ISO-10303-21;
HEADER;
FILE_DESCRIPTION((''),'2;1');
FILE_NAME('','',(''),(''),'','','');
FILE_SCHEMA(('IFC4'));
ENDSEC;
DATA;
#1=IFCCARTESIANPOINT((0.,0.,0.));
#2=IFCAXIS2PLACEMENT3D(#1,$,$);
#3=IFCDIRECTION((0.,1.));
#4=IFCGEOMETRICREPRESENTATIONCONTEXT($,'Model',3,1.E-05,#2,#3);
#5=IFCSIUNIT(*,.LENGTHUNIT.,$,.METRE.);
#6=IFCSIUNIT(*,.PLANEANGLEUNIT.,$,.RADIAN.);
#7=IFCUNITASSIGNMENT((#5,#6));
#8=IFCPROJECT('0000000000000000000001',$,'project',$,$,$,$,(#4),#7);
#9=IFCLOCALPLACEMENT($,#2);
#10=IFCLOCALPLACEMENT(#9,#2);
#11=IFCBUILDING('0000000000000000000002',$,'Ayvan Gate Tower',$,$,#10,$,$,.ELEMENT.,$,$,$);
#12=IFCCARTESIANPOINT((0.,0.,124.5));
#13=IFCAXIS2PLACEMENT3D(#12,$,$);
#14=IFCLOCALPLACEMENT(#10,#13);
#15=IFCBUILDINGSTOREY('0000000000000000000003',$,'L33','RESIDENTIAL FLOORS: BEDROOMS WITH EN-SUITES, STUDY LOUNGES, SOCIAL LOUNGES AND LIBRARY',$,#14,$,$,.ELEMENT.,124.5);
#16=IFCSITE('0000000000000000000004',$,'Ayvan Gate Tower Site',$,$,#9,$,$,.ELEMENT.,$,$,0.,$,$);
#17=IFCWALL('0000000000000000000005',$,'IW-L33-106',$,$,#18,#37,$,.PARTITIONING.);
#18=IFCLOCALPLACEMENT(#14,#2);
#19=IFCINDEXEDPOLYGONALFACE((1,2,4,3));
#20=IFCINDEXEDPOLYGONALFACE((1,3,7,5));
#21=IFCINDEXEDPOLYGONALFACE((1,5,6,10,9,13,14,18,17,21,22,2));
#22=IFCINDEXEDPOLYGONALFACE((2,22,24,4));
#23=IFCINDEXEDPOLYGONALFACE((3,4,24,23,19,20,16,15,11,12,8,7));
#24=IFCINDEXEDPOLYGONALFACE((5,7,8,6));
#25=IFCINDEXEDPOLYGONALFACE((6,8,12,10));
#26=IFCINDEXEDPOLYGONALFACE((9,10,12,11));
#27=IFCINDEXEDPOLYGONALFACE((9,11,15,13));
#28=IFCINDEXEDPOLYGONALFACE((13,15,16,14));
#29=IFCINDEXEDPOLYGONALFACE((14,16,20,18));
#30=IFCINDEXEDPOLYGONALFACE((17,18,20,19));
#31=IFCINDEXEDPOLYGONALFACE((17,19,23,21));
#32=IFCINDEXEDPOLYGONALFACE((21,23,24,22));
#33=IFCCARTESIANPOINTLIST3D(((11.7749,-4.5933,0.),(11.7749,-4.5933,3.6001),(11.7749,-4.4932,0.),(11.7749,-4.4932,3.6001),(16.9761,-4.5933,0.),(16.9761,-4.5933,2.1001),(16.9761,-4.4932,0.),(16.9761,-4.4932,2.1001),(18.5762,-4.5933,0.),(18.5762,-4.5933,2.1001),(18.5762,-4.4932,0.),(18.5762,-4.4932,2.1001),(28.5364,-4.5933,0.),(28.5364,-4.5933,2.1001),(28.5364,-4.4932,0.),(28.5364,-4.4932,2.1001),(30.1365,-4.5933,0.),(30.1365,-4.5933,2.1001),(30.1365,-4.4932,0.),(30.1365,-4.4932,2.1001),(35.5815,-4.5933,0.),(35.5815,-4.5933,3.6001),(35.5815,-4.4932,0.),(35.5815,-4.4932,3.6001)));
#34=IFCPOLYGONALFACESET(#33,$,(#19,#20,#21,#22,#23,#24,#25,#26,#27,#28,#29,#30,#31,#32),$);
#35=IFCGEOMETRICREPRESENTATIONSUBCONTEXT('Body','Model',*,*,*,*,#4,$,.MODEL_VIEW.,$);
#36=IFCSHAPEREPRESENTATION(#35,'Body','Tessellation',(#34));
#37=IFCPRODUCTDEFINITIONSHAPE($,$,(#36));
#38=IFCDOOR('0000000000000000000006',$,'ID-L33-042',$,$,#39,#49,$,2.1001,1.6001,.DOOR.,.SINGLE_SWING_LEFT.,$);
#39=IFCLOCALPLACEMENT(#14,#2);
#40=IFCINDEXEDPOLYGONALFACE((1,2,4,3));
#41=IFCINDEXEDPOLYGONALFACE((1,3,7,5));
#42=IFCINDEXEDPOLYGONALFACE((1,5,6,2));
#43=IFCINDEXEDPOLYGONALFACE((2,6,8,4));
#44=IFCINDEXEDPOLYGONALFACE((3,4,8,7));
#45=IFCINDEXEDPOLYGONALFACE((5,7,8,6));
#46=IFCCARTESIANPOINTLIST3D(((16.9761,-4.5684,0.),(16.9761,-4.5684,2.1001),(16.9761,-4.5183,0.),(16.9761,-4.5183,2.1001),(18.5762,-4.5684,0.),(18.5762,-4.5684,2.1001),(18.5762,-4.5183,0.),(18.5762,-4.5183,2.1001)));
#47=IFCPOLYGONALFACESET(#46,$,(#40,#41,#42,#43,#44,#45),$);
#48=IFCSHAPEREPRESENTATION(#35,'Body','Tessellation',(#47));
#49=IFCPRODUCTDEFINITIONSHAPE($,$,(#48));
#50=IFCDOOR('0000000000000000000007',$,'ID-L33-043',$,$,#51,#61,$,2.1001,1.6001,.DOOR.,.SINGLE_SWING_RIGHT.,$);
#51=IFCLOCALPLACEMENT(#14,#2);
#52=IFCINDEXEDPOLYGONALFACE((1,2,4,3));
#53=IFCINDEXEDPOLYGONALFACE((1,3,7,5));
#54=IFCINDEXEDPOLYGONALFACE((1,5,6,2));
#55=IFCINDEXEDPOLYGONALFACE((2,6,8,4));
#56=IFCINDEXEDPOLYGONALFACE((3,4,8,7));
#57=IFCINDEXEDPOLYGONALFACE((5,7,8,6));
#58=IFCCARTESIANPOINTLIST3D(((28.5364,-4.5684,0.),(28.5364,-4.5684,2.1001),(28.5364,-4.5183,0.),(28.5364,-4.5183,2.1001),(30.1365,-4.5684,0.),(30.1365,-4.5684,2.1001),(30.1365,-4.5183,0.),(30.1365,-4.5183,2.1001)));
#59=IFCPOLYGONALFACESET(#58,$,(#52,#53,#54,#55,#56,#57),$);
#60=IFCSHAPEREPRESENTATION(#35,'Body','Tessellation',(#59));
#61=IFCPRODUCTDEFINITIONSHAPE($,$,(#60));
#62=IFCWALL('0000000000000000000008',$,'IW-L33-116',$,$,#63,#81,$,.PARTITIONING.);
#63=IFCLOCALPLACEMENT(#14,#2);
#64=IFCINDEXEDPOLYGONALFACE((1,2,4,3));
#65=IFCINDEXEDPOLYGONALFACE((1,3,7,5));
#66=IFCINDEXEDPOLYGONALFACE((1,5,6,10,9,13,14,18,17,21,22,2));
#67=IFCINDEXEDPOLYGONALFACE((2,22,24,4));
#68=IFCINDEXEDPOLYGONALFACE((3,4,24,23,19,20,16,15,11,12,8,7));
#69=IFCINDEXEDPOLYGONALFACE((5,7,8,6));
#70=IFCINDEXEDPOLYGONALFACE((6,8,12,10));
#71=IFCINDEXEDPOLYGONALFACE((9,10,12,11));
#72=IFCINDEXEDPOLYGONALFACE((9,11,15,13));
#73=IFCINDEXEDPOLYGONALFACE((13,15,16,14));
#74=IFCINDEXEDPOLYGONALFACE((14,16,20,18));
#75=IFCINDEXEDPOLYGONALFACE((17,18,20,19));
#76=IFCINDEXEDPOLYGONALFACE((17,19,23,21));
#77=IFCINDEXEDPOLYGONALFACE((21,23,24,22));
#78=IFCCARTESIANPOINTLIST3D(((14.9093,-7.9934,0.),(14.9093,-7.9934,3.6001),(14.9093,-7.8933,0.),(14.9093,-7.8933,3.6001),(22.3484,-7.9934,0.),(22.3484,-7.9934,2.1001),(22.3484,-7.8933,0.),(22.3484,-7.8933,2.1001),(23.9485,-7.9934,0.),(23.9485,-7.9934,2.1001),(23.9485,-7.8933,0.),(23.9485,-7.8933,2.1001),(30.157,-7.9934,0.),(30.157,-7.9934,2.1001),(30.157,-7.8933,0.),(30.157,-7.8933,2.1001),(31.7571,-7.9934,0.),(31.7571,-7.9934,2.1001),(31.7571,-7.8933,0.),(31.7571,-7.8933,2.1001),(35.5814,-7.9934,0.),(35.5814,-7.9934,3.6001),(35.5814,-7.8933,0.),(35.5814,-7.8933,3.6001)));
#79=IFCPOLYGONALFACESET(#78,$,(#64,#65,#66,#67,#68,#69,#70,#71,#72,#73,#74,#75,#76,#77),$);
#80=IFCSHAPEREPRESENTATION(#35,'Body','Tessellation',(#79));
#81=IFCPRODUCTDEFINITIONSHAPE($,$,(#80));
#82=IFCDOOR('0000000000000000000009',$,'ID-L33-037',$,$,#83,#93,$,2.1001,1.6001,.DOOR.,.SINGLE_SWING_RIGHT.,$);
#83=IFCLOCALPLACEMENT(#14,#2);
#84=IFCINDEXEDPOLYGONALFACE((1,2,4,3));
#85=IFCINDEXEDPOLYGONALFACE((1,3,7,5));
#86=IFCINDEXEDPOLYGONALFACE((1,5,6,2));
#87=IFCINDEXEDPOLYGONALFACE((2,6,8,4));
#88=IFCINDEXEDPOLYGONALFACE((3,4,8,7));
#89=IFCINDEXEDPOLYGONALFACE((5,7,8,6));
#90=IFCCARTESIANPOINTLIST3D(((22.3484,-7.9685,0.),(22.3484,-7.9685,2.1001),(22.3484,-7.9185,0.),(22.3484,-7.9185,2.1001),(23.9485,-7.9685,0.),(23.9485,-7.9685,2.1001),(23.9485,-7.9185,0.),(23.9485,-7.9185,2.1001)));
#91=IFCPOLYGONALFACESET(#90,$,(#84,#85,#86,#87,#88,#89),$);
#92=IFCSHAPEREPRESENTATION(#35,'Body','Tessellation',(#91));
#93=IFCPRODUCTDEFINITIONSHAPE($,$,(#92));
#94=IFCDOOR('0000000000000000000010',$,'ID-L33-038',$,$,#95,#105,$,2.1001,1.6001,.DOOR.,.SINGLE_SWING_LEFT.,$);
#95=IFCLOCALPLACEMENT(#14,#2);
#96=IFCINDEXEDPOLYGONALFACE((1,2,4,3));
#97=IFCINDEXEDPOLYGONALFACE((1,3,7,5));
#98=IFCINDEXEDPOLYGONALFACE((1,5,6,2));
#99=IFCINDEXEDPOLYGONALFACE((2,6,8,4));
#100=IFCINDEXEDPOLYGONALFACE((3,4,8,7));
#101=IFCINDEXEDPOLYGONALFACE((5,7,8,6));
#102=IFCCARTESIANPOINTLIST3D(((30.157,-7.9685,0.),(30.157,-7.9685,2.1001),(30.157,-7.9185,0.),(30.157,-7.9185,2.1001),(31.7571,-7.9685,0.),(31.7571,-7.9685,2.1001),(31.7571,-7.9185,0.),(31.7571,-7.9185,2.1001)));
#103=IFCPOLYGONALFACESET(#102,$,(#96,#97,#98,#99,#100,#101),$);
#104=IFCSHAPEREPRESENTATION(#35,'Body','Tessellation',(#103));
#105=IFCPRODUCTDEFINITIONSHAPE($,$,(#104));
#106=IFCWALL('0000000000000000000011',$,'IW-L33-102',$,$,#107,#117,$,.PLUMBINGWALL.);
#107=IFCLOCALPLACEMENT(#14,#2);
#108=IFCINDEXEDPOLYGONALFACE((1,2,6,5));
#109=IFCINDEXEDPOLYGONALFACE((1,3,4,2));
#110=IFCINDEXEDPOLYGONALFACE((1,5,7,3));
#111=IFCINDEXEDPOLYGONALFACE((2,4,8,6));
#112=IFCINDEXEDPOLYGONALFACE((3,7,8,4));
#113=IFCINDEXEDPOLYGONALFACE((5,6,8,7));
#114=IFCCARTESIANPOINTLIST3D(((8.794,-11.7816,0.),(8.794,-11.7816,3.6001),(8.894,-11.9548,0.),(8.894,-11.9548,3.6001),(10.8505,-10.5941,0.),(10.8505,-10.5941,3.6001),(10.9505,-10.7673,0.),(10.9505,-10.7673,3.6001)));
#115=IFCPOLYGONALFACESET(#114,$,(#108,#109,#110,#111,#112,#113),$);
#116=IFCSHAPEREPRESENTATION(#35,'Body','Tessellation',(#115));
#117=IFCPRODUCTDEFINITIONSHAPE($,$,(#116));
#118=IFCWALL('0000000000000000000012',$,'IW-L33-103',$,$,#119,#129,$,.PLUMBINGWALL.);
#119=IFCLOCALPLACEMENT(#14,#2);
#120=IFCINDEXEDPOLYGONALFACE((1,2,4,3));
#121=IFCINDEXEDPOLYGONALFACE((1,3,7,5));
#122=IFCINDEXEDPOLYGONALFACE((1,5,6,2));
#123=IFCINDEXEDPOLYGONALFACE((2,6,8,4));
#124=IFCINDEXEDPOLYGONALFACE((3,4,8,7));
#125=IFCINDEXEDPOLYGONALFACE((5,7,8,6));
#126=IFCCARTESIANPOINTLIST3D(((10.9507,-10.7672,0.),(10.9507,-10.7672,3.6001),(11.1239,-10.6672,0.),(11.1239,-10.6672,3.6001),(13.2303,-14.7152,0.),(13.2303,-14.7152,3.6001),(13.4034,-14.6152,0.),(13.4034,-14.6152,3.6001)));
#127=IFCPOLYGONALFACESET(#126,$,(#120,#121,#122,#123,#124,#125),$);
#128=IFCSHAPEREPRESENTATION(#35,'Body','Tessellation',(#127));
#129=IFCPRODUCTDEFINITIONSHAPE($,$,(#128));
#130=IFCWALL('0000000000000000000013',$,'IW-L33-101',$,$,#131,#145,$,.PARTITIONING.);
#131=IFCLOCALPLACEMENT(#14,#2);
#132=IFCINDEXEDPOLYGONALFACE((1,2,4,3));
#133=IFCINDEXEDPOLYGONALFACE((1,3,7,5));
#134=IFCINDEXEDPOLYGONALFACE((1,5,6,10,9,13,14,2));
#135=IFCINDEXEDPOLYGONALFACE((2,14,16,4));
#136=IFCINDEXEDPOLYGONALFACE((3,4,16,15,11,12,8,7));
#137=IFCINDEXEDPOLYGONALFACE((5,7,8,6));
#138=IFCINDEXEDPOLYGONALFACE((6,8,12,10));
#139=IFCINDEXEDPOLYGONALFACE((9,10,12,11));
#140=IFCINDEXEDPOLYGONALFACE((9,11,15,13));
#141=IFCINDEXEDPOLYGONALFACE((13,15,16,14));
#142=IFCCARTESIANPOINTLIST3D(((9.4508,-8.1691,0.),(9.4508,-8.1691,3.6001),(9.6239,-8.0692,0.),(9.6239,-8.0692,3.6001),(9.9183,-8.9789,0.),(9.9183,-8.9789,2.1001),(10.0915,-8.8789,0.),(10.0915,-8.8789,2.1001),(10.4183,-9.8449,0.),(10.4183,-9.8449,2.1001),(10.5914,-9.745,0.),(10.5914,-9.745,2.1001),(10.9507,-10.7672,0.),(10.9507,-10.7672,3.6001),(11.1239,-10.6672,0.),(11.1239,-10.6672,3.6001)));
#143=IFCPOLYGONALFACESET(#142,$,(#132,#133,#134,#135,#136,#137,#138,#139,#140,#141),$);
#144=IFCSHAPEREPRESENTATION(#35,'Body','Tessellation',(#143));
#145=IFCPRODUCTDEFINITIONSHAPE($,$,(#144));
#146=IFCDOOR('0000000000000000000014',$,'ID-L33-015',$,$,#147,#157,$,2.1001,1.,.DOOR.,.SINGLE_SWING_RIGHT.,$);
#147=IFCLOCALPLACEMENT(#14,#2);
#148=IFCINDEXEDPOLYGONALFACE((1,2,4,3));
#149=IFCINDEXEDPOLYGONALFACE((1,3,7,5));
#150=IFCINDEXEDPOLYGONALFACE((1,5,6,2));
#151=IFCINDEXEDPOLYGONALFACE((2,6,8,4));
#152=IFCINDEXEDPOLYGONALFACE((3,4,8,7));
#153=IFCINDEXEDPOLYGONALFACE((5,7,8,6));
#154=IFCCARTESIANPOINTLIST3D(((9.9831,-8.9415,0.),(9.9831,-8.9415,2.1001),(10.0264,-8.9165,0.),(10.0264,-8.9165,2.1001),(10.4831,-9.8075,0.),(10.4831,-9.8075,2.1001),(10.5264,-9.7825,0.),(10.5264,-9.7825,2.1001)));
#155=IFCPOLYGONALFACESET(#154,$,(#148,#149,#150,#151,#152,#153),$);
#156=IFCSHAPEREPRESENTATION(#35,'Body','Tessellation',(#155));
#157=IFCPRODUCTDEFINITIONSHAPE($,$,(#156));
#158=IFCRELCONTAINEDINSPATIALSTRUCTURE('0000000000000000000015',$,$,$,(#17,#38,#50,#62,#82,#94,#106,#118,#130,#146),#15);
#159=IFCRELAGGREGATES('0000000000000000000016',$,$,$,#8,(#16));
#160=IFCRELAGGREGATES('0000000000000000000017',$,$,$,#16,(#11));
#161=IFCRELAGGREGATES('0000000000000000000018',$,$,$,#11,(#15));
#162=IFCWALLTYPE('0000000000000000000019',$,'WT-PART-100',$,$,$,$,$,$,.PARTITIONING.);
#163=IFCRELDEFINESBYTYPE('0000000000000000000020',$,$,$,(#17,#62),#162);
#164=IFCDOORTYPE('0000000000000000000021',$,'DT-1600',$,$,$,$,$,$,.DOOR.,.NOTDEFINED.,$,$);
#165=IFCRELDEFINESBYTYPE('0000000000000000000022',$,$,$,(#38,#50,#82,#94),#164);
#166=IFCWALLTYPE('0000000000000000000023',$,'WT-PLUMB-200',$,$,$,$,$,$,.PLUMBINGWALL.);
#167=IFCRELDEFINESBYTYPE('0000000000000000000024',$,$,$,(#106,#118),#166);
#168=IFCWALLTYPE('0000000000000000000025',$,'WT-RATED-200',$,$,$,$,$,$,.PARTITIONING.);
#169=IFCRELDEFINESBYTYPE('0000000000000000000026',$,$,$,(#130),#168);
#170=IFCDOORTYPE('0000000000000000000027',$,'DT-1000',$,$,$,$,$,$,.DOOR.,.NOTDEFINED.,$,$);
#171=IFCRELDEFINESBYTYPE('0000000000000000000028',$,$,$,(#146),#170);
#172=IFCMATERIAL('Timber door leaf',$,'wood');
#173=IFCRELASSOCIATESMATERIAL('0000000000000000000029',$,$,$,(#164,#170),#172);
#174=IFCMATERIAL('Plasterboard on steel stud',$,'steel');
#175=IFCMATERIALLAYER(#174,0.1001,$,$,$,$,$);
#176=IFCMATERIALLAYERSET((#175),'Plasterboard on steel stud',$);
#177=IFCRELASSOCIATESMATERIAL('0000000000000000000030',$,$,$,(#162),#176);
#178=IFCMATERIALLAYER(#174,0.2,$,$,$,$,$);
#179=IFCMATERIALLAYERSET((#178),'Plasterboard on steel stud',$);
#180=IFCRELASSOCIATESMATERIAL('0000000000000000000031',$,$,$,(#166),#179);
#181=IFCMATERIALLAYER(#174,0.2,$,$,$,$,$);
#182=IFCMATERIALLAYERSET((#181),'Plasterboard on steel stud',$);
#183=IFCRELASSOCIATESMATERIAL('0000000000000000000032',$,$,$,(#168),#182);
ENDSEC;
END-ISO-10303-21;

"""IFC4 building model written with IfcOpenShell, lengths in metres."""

from ifc_helpers import new_model, si_unit, direction, frame, frame_2d, origin, place, context, subcontext, project, spatial, rectangle, extrude, material, layer, layer_set, type_object, element, fill, save


model = new_model("IFC4")

# Units and contexts
model_context = context("Model", 3, precision=1e-05, world=origin(), true_north=direction((0.0, 1.0)))
body_context = subcontext(model_context, "Body", "Model", "MODEL_VIEW")
ifc_project = project(units=[si_unit("LENGTHUNIT", "METRE"), si_unit("PLANEANGLEUNIT", "RADIAN")], contexts=[model_context])

# Site, building, storey
site_placement = place(None, origin())
site = spatial("IfcSite", under=ifc_project, at=site_placement, Name="Ayvan Gate Tower Site", CompositionType="ELEMENT", RefElevation=0.0)
building_placement = place(site_placement, origin())
building = spatial("IfcBuilding", under=site, at=building_placement, Name="Ayvan Gate Tower", CompositionType="ELEMENT")
storey_placement = place(building_placement, frame((0.0, 0.0, 124.5)))
storey = spatial("IfcBuildingStorey", under=building, at=storey_placement, Name="L33", Description="RESIDENTIAL FLOORS: BEDROOMS WITH EN-SUITES, STUDY LOUNGES, SOCIAL LOUNGES AND LIBRARY", CompositionType="ELEMENT", Elevation=124.5)

# Shared definitions
ifc_material_1 = material(Name="Timber door leaf", Category="wood")
door_type_1 = type_object("IfcDoorType", Name="DT-1600", OperationType="NOTDEFINED", PredefinedType="DOOR", material=ifc_material_1)
ifc_material_2 = material(Name="Plasterboard on steel stud", Category="steel")

# Shared definitions
door_type_2 = type_object("IfcDoorType", Name="DT-1000", OperationType="NOTDEFINED", PredefinedType="DOOR", material=ifc_material_1)

# Walls, openings, doors
ifc_layer_1 = layer(ifc_material_2, 0.1001)
ifc_layer_set_1 = layer_set([ifc_layer_1], Name="Plasterboard on steel stud")
wall_type_1 = type_object("IfcWallType", Name="WT-PART-100", PredefinedType="PARTITIONING", material=ifc_layer_set_1)
wall_1_placement = place(storey_placement, frame((11.7749, -4.5432, 0.0), z_axis=(0.0, 0.0, 1.0), x_axis=(1.0, 0.0, 0.0)))
wall_1 = element("IfcWall", 1, at=wall_1_placement, inside=storey, type_object=wall_type_1, Name="IW-L33-106", PredefinedType="PARTITIONING", context=body_context, shape_type="SweptSolid", body=[
    extrude(rectangle(XDim=23.8066, YDim=0.1001, at=frame_2d((11.9033, 0.0))), origin(), (0.0, 0.0, 1.0), 3.6001),
])
opening_1_placement = place(wall_1_placement, frame((5.2012, 0.0, 0.0)))
opening_1 = element("IfcOpeningElement", 2, at=opening_1_placement, cuts=wall_1, PredefinedType="OPENING", context=body_context, shape_type="SweptSolid", body=[
    extrude(rectangle(XDim=1.6001, YDim=2.1001, at=frame_2d((0.8, 1.05))), frame((0.0, 0.0601, 0.0), z_axis=(0.0, -1.0, 0.0), x_axis=(1.0, 0.0, 0.0)), (0.0, 0.0, 1.0), 0.1201),
])
opening_2_placement = place(wall_1_placement, frame((16.7615, 0.0, 0.0)))
opening_2 = element("IfcOpeningElement", 3, at=opening_2_placement, cuts=wall_1, PredefinedType="OPENING", context=body_context, shape_type="SweptSolid", body=[
    extrude(rectangle(XDim=1.6001, YDim=2.1001, at=frame_2d((0.8, 1.05))), frame((0.0, 0.0601, 0.0), z_axis=(0.0, -1.0, 0.0), x_axis=(1.0, 0.0, 0.0)), (0.0, 0.0, 1.0), 0.1201),
])
door_1_placement = place(opening_1_placement, origin())
door_1 = element("IfcDoor", 4, at=door_1_placement, inside=storey, type_object=door_type_1, Name="ID-L33-042", OperationType="SINGLE_SWING_LEFT", OverallHeight=2.1001, OverallWidth=1.6001, PredefinedType="DOOR", context=body_context, shape_type="SweptSolid", body=[
    extrude(rectangle(XDim=1.6001, YDim=2.1001, at=frame_2d((0.8, 1.05))), frame((0.0, 0.0249, 0.0), z_axis=(0.0, -1.0, 0.0), x_axis=(1.0, 0.0, 0.0)), (0.0, 0.0, 1.0), 0.05),
])
fill(opening_1, door_1)
door_2_placement = place(opening_2_placement, origin())
door_2 = element("IfcDoor", 5, at=door_2_placement, inside=storey, type_object=door_type_1, Name="ID-L33-043", OperationType="SINGLE_SWING_RIGHT", OverallHeight=2.1001, OverallWidth=1.6001, PredefinedType="DOOR", context=body_context, shape_type="SweptSolid", body=[
    extrude(rectangle(XDim=1.6001, YDim=2.1001, at=frame_2d((0.8, 1.05))), frame((0.0, 0.0249, 0.0), z_axis=(0.0, -1.0, 0.0), x_axis=(1.0, 0.0, 0.0)), (0.0, 0.0, 1.0), 0.05),
])
fill(opening_2, door_2)
wall_2_placement = place(storey_placement, frame((14.9094, -7.9434, 0.0), z_axis=(0.0, 0.0, 1.0), x_axis=(1.0, 0.0, 0.0)))
wall_2 = element("IfcWall", 6, at=wall_2_placement, inside=storey, type_object=wall_type_1, Name="IW-L33-116", PredefinedType="PARTITIONING", context=body_context, shape_type="SweptSolid", body=[
    extrude(rectangle(XDim=20.6721, YDim=0.1001, at=frame_2d((10.3359, 0.0))), origin(), (0.0, 0.0, 1.0), 3.6001),
])
opening_3_placement = place(wall_2_placement, frame((7.439, 0.0, 0.0)))
opening_3 = element("IfcOpeningElement", 7, at=opening_3_placement, cuts=wall_2, PredefinedType="OPENING", context=body_context, shape_type="SweptSolid", body=[
    extrude(rectangle(XDim=1.6001, YDim=2.1001, at=frame_2d((0.8, 1.05))), frame((0.0, 0.0601, 0.0), z_axis=(0.0, -1.0, 0.0), x_axis=(1.0, 0.0, 0.0)), (0.0, 0.0, 1.0), 0.1201),
])
opening_4_placement = place(wall_2_placement, frame((15.2476, 0.0, 0.0)))
opening_4 = element("IfcOpeningElement", 8, at=opening_4_placement, cuts=wall_2, PredefinedType="OPENING", context=body_context, shape_type="SweptSolid", body=[
    extrude(rectangle(XDim=1.6001, YDim=2.1001, at=frame_2d((0.8, 1.05))), frame((0.0, 0.0601, 0.0), z_axis=(0.0, -1.0, 0.0), x_axis=(1.0, 0.0, 0.0)), (0.0, 0.0, 1.0), 0.1201),
])
door_3_placement = place(opening_3_placement, origin())
door_3 = element("IfcDoor", 9, at=door_3_placement, inside=storey, type_object=door_type_1, Name="ID-L33-037", OperationType="SINGLE_SWING_RIGHT", OverallHeight=2.1001, OverallWidth=1.6001, PredefinedType="DOOR", context=body_context, shape_type="SweptSolid", body=[
    extrude(rectangle(XDim=1.6001, YDim=2.1001, at=frame_2d((0.8, 1.05))), frame((0.0, 0.0249, 0.0), z_axis=(0.0, -1.0, 0.0), x_axis=(1.0, 0.0, 0.0)), (0.0, 0.0, 1.0), 0.05),
])
fill(opening_3, door_3)
door_4_placement = place(opening_4_placement, origin())
door_4 = element("IfcDoor", 10, at=door_4_placement, inside=storey, type_object=door_type_1, Name="ID-L33-038", OperationType="SINGLE_SWING_LEFT", OverallHeight=2.1001, OverallWidth=1.6001, PredefinedType="DOOR", context=body_context, shape_type="SweptSolid", body=[
    extrude(rectangle(XDim=1.6001, YDim=2.1001, at=frame_2d((0.8, 1.05))), frame((0.0, 0.0249, 0.0), z_axis=(0.0, -1.0, 0.0), x_axis=(1.0, 0.0, 0.0)), (0.0, 0.0, 1.0), 0.05),
])
fill(opening_4, door_4)

# Walls
ifc_layer_2 = layer(ifc_material_2, 0.2)
ifc_layer_set_2 = layer_set([ifc_layer_2], Name="Plasterboard on steel stud")
wall_type_2 = type_object("IfcWallType", Name="WT-PLUMB-200", PredefinedType="PLUMBINGWALL", material=ifc_layer_set_2)
wall_3_placement = place(storey_placement, frame((10.9006, -10.6807, 0.0), z_axis=(0.0, 0.0, 1.0), x_axis=(-0.866008, -0.500031, 0.0)))
element("IfcWall", 11, at=wall_3_placement, inside=storey, type_object=wall_type_2, Name="IW-L33-102", PredefinedType="PLUMBINGWALL", context=body_context, shape_type="SweptSolid", body=[
    extrude(rectangle(XDim=2.3748, YDim=0.2, at=frame_2d((1.1875, 0.0))), origin(), (0.0, 0.0, 1.0), 3.6001),
])
wall_4_placement = place(storey_placement, frame((11.0374, -10.7173, 0.0), z_axis=(0.0, 0.0, 1.0), x_axis=(0.500027, -0.86601, 0.0)))
element("IfcWall", 12, at=wall_4_placement, inside=storey, type_object=wall_type_2, Name="IW-L33-103", PredefinedType="PLUMBINGWALL", context=body_context, shape_type="SweptSolid", body=[
    extrude(rectangle(XDim=4.5588, YDim=0.2, at=frame_2d((2.2793, 0.0))), origin(), (0.0, 0.0, 1.0), 3.6001),
])

# Wall, opening, door
ifc_layer_3 = layer(ifc_material_2, 0.2)
ifc_layer_set_3 = layer_set([ifc_layer_3], Name="Plasterboard on steel stud")
wall_type_3 = type_object("IfcWallType", Name="WT-RATED-200", PredefinedType="PARTITIONING", material=ifc_layer_set_3)
wall_5_placement = place(storey_placement, frame((9.5374, -8.1191, 0.0), z_axis=(0.0, 0.0, 1.0), x_axis=(0.49999, -0.866031, 0.0)))
wall_5 = element("IfcWall", 13, at=wall_5_placement, inside=storey, type_object=wall_type_3, Name="IW-L33-101", PredefinedType="PARTITIONING", context=body_context, shape_type="SweptSolid", body=[
    extrude(rectangle(XDim=3.0, YDim=0.2, at=frame_2d((1.5, 0.0))), origin(), (0.0, 0.0, 1.0), 3.6001),
])
opening_5_placement = place(wall_5_placement, frame((0.9351, 0.0, 0.0)))
opening_5 = element("IfcOpeningElement", 14, at=opening_5_placement, cuts=wall_5, PredefinedType="OPENING", context=body_context, shape_type="SweptSolid", body=[
    extrude(rectangle(XDim=1.0, YDim=2.1001, at=frame_2d((0.5, 1.05))), frame((0.0, 0.1099, 0.0), z_axis=(0.0, -1.0, 0.0), x_axis=(1.0, 0.0, 0.0)), (0.0, 0.0, 1.0), 0.22),
])
door_5_placement = place(opening_5_placement, origin())
door_5 = element("IfcDoor", 15, at=door_5_placement, inside=storey, type_object=door_type_2, Name="ID-L33-015", OperationType="SINGLE_SWING_RIGHT", OverallHeight=2.1001, OverallWidth=1.0, PredefinedType="DOOR", context=body_context, shape_type="SweptSolid", body=[
    extrude(rectangle(XDim=1.0, YDim=2.1001, at=frame_2d((0.5, 1.05))), frame((0.0, 0.0249, 0.0), z_axis=(0.0, -1.0, 0.0), x_axis=(1.0, 0.0, 0.0)), (0.0, 0.0, 1.0), 0.05),
])
fill(opening_5, door_5)

save(model, "model.ifc")
